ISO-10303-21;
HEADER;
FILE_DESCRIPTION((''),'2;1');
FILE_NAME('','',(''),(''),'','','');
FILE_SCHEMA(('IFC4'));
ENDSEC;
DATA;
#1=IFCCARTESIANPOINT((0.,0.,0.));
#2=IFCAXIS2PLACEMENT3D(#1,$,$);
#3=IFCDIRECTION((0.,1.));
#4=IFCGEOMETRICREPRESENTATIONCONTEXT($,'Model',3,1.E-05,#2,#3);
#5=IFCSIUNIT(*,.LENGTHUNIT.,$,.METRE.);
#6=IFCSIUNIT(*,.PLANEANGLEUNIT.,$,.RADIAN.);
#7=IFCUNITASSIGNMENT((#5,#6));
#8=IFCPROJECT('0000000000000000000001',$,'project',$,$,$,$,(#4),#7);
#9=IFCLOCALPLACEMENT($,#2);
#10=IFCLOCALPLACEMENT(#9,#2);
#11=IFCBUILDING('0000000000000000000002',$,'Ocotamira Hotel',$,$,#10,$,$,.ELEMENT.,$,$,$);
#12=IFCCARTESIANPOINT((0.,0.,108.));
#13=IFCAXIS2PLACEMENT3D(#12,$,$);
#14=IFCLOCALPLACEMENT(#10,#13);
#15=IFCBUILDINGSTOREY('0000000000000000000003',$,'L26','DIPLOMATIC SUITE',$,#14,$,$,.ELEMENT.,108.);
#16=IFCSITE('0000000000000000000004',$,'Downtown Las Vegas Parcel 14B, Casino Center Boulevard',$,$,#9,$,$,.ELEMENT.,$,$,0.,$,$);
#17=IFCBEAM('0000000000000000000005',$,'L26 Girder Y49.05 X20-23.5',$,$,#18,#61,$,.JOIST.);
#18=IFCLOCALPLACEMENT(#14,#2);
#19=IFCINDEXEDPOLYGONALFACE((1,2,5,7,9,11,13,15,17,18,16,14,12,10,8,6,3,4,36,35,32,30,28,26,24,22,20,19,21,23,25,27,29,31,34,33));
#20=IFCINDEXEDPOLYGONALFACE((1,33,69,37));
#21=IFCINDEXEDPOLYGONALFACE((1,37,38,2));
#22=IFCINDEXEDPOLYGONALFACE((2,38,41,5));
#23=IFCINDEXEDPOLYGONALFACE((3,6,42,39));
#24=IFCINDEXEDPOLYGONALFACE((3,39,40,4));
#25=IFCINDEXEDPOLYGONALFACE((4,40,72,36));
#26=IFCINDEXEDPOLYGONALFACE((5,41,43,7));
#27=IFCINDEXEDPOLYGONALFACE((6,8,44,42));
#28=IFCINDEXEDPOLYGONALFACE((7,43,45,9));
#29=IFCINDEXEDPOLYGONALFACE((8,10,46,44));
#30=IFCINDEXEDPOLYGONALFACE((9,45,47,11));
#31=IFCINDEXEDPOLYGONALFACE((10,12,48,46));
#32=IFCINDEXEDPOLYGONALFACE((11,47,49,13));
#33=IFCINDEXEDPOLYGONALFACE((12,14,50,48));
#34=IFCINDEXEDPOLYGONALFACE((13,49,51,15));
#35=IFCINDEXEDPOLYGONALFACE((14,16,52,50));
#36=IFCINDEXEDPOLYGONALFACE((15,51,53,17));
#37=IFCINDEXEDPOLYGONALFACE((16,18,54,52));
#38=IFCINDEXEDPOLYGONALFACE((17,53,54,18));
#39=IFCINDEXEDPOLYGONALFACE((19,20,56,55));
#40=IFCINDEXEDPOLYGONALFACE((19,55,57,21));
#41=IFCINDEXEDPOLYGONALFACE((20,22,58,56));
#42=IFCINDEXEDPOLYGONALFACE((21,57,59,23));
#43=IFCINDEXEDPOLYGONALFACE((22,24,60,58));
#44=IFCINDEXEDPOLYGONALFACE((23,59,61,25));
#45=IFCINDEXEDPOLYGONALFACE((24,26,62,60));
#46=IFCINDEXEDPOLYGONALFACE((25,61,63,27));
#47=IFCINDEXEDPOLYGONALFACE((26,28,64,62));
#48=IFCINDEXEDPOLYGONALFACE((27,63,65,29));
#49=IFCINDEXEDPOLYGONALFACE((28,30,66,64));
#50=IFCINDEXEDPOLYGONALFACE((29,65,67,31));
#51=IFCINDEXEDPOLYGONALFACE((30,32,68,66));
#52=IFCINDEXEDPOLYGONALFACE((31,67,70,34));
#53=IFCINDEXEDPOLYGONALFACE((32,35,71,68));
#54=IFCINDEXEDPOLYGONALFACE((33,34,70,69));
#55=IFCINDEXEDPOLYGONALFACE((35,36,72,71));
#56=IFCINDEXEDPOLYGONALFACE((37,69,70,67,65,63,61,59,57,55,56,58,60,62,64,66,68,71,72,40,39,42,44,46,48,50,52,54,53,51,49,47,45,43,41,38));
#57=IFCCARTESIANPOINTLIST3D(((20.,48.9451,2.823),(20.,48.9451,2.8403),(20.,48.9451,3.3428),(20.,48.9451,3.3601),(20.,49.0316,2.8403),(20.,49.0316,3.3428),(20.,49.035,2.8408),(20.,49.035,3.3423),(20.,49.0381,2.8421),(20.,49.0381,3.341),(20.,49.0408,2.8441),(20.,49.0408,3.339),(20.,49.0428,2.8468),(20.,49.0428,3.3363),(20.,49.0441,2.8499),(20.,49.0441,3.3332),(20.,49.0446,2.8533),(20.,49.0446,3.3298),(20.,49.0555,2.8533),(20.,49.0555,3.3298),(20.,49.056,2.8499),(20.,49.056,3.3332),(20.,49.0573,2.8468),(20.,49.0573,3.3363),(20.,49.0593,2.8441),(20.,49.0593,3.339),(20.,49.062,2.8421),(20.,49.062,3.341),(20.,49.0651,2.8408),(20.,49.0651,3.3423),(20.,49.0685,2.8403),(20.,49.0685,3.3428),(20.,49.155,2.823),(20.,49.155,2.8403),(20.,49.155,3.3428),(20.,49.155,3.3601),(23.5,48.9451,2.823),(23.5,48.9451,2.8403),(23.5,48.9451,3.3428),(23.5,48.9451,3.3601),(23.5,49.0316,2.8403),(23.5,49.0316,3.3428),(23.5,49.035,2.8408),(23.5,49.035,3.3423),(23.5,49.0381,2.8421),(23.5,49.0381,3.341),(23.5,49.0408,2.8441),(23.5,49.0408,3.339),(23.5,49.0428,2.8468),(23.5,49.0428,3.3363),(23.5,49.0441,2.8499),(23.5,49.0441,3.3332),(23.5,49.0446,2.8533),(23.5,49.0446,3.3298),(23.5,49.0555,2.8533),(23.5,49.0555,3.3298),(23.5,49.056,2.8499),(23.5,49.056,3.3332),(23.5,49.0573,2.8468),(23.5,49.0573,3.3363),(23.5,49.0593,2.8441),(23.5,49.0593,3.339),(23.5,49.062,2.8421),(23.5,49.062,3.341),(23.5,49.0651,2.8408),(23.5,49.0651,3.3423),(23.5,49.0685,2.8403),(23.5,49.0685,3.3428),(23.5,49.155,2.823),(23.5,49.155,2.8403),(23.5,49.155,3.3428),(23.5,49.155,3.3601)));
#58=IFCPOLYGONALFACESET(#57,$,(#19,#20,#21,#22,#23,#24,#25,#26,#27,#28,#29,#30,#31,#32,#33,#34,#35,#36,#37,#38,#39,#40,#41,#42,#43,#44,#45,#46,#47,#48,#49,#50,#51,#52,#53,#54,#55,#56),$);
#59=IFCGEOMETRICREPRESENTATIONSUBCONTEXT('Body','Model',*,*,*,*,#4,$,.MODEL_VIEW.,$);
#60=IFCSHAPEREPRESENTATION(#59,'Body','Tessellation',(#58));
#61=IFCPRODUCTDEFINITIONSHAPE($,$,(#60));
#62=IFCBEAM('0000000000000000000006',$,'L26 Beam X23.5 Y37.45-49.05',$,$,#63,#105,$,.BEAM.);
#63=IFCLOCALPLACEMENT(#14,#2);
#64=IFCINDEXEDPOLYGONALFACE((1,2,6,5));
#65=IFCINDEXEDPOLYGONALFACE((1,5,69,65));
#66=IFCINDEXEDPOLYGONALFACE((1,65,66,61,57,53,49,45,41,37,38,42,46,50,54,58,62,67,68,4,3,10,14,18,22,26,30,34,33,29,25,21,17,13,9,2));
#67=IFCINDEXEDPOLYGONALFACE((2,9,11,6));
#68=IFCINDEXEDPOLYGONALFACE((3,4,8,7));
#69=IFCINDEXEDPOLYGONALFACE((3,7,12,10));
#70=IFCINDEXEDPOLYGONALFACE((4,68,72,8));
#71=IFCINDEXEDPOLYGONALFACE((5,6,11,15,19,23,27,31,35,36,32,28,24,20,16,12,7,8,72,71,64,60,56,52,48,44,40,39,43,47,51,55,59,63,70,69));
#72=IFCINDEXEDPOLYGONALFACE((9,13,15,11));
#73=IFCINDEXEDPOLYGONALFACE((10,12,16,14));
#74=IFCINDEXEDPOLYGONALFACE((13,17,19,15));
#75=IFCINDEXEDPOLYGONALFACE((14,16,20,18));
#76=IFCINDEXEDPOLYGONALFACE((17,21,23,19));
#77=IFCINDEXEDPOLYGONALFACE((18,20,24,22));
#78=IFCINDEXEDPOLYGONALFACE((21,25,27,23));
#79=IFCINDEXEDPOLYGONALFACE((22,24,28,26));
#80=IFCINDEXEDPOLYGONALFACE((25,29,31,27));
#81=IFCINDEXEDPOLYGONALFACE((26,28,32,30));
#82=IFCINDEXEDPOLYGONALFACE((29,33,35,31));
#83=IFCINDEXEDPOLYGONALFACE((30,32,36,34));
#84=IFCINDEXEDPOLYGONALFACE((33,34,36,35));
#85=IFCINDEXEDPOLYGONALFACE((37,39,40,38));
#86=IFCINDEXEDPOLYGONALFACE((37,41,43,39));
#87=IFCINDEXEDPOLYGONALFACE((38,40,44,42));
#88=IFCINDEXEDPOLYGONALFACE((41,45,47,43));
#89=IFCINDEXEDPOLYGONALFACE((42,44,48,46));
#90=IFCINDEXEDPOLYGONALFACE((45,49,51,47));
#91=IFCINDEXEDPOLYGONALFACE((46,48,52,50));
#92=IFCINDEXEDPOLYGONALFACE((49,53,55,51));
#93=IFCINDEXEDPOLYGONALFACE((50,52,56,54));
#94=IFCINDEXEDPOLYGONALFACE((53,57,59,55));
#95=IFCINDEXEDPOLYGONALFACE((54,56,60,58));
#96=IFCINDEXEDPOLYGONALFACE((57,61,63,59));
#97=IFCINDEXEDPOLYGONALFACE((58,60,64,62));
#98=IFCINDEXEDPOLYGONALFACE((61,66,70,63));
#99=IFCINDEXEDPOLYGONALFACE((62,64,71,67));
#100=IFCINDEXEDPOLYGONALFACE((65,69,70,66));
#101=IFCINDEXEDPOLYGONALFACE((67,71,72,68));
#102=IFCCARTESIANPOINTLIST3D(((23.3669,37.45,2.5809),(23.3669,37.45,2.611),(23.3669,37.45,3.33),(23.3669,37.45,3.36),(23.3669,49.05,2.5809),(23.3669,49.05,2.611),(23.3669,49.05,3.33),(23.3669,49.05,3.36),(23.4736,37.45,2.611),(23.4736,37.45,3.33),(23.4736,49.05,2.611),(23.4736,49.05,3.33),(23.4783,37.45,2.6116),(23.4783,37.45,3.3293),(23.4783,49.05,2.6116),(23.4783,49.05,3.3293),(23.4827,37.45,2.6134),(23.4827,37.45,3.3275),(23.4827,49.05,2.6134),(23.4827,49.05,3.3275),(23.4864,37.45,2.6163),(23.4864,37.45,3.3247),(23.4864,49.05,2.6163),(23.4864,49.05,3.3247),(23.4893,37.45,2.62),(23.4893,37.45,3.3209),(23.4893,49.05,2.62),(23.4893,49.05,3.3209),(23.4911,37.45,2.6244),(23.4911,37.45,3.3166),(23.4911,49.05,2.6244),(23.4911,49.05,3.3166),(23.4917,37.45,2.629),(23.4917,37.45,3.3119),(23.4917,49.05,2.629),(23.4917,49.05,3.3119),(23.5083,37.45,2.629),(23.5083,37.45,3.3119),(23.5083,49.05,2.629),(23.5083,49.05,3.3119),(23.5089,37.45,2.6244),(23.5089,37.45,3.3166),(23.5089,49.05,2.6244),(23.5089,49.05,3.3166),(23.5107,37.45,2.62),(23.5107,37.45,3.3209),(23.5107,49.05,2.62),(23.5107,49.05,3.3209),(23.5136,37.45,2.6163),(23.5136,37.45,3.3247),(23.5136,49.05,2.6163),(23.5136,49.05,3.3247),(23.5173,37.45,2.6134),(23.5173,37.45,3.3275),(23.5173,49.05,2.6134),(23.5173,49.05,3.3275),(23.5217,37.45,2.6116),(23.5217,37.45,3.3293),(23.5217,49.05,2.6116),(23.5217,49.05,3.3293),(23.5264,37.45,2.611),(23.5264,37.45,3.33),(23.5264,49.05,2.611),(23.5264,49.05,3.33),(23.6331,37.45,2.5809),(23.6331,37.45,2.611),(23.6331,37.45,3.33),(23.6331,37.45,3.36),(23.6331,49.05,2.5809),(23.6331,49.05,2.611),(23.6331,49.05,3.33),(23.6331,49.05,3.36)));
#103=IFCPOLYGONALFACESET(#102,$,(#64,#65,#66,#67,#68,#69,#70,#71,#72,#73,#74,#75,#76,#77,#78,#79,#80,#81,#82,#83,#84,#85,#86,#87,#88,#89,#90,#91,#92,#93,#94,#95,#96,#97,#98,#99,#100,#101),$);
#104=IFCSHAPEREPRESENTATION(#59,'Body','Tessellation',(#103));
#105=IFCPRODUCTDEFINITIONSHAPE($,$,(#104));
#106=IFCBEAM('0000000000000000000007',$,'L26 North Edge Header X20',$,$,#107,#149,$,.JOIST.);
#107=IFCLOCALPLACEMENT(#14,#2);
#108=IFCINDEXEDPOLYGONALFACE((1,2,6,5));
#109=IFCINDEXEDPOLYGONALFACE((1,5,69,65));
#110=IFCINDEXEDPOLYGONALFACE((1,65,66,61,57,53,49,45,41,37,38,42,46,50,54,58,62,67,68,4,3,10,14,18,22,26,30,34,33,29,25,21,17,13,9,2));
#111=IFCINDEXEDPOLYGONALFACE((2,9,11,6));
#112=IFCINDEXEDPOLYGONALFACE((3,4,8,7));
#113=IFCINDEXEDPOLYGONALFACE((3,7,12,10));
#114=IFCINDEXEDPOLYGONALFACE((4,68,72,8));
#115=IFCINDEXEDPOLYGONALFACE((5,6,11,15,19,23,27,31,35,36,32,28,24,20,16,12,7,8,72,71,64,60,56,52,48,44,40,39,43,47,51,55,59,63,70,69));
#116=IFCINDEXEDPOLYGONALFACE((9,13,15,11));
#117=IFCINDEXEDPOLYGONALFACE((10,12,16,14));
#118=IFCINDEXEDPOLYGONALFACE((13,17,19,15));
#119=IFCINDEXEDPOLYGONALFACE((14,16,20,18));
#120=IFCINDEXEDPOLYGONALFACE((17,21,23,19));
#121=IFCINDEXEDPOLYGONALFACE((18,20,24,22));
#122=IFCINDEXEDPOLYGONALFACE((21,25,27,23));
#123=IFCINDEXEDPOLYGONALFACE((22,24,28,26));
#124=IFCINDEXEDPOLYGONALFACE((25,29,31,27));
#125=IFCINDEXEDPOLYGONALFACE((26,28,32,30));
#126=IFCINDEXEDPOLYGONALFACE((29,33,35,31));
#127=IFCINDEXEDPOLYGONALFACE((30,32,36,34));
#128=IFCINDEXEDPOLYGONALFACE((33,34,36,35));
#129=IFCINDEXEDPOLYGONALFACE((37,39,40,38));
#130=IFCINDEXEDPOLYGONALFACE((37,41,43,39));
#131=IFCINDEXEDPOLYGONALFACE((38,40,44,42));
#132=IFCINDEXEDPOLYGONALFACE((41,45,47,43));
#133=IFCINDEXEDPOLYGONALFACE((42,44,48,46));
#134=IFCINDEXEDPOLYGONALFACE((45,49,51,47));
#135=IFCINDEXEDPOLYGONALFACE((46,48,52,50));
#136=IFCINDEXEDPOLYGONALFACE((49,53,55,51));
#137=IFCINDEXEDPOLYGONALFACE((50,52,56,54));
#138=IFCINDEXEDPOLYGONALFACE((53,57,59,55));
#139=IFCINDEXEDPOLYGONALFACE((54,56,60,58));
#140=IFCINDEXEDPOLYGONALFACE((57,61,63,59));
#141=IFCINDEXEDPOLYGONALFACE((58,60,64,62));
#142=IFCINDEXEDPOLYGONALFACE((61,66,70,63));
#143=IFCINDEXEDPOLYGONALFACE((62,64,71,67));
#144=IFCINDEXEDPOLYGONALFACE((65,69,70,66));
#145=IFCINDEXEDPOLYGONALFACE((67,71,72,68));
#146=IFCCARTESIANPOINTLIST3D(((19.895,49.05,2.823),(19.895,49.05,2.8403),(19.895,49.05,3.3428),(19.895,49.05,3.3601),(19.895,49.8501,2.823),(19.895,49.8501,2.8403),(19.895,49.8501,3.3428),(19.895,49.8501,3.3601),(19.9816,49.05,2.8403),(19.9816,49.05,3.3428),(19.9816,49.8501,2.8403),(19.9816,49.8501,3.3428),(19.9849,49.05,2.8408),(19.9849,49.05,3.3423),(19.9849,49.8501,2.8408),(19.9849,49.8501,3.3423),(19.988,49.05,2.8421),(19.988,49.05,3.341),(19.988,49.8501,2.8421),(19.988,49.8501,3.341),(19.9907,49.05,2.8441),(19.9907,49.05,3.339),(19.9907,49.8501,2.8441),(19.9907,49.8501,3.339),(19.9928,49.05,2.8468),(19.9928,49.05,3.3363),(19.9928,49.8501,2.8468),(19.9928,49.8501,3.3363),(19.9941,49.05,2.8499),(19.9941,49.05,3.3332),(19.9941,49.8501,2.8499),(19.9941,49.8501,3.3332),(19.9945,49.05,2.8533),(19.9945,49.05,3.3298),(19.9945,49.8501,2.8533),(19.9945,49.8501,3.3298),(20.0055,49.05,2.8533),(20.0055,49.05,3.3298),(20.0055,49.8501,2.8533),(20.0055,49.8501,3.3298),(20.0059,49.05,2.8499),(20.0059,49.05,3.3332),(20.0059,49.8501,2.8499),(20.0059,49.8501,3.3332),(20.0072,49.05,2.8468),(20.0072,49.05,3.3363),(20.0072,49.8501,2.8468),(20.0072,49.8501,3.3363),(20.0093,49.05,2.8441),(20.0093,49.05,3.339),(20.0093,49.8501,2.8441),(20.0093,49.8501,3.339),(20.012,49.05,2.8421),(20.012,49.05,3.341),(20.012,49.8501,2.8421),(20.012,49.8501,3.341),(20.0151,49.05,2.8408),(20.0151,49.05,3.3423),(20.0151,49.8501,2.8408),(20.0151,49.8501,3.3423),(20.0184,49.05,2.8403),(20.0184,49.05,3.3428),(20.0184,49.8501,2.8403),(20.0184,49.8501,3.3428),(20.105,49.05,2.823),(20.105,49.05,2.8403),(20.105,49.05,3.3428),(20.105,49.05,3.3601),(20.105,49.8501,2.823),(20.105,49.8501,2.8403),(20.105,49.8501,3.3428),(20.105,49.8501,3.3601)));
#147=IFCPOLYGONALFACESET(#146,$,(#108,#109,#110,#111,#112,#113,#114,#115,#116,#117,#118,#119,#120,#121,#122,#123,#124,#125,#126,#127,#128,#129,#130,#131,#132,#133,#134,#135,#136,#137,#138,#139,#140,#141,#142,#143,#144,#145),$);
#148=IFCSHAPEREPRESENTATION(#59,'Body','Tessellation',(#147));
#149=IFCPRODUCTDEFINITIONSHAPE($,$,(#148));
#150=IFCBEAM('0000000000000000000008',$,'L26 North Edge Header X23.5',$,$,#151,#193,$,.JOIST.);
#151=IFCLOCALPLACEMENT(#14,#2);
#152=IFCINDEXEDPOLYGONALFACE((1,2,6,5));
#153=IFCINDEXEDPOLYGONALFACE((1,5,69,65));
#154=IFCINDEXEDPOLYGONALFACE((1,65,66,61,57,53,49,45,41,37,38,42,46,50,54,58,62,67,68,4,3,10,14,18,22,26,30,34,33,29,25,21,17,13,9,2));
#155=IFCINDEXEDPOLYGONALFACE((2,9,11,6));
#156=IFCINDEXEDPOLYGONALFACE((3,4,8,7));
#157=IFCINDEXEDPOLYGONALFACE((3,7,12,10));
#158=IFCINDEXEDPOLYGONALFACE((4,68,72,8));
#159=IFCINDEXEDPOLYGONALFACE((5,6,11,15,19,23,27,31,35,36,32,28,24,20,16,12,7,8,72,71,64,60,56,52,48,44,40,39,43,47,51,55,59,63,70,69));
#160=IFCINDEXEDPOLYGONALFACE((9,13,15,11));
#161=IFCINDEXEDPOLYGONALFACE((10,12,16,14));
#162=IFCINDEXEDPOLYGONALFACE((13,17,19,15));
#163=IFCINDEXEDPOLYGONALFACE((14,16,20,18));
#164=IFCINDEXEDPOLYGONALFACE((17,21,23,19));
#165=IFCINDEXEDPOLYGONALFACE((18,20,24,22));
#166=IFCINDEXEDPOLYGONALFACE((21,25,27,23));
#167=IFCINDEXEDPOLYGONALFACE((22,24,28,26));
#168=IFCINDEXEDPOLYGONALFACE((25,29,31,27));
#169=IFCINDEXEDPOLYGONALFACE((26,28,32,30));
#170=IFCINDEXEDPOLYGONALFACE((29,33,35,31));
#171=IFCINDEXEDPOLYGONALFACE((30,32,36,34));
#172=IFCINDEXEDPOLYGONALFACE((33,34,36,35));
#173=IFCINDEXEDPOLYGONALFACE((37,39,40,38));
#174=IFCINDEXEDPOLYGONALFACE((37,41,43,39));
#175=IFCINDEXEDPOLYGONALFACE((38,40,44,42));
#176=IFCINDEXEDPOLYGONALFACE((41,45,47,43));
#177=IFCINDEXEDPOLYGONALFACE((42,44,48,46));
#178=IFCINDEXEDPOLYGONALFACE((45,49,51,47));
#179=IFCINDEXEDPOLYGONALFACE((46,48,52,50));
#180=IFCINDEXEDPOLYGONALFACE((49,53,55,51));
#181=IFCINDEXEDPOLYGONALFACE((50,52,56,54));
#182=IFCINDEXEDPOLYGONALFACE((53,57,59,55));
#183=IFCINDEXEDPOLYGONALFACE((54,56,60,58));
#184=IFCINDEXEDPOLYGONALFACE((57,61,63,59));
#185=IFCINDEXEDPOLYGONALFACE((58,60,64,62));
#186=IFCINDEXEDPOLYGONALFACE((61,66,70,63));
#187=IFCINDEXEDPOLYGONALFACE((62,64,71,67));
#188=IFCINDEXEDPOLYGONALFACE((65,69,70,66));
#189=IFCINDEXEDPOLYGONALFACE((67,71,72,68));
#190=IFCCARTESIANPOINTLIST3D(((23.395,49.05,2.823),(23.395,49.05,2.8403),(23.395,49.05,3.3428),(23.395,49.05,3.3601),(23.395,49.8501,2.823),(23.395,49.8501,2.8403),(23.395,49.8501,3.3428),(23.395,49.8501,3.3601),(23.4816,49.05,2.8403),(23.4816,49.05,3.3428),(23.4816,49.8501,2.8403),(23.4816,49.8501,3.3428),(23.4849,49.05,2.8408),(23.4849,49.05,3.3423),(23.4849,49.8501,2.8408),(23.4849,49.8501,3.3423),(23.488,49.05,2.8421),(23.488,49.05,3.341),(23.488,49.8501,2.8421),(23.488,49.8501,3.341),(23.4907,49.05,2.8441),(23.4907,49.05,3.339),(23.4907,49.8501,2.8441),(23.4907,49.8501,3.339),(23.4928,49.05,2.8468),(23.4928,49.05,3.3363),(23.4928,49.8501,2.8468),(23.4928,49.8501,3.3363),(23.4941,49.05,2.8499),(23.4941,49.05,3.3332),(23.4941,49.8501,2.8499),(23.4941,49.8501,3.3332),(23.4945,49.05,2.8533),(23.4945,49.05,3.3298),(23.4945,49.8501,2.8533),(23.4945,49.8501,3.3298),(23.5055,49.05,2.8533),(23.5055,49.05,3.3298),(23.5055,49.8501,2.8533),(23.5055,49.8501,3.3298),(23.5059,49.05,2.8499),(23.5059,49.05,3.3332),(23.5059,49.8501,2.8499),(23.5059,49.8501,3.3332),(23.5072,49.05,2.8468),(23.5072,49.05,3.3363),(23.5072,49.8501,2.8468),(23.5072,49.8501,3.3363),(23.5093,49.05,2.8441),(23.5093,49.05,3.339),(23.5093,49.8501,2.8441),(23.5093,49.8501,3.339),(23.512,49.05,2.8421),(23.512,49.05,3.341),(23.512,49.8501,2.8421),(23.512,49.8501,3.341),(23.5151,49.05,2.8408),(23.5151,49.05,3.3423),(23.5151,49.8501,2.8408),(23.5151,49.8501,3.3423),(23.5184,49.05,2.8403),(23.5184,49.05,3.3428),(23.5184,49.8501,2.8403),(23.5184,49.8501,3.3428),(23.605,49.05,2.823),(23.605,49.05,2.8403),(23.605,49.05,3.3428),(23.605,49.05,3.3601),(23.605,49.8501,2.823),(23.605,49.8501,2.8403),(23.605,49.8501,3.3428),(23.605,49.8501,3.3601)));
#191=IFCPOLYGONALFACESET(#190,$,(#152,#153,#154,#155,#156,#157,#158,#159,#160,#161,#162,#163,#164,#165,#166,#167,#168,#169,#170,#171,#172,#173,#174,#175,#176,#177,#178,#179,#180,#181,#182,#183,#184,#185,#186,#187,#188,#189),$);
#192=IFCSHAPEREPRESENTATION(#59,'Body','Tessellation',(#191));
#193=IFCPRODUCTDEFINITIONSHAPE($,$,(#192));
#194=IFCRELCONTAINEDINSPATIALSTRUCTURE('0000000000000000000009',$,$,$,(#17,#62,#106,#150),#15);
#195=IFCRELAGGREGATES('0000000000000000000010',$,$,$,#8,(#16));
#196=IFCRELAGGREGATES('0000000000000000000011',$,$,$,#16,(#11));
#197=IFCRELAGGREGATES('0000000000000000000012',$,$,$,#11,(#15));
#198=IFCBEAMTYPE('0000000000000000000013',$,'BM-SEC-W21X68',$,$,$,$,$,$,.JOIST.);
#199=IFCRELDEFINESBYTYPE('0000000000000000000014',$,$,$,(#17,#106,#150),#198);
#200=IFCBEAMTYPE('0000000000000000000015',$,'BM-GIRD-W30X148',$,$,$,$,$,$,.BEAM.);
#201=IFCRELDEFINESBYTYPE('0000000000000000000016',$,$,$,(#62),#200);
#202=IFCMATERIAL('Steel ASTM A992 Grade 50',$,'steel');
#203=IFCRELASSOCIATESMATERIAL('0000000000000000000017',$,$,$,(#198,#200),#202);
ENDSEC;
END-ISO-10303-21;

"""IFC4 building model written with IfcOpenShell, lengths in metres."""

from ifc_helpers import new_model, si_unit, direction, frame, origin, origin_2d, place, context, subcontext, project, spatial, i_section, extrude, source, transform, mapped, material, material_profile, profile_set, type_object, element, save


model = new_model("IFC4")

# Units and contexts
model_context = context("Model", 3, precision=1e-05, world=origin(), true_north=direction((0.0, 1.0)))
body_context = subcontext(model_context, "Body", "Model", "MODEL_VIEW")
ifc_project = project(units=[si_unit("LENGTHUNIT", "METRE"), si_unit("PLANEANGLEUNIT", "RADIAN")], contexts=[model_context])

# Site, building, storey
site_placement = place(None, origin())
site = spatial("IfcSite", under=ifc_project, at=site_placement, Name="Downtown Las Vegas Parcel 14B, Casino Center Boulevard", CompositionType="ELEMENT", RefElevation=0.0)
building_placement = place(site_placement, origin())
building = spatial("IfcBuilding", under=site, at=building_placement, Name="Ocotamira Hotel", CompositionType="ELEMENT")
storey_placement = place(building_placement, frame((0.0, 0.0, 108.0)))
storey = spatial("IfcBuildingStorey", under=building, at=storey_placement, Name="L26", Description="DIPLOMATIC SUITE", CompositionType="ELEMENT", Elevation=108.0)

# Beams
ifc_material_1 = material(Name="Steel ASTM A992 Grade 50", Category="steel")
ifc_material_profile_1 = material_profile(ifc_material_1, i_section(OverallWidth=0.21, OverallDepth=0.5371, WebThickness=0.011, FlangeThickness=0.0173, FilletRadius=0.0129, at=origin_2d()), Name="W21X68")
ifc_profile_set_1 = profile_set([ifc_material_profile_1], Name="Steel ASTM A992 Grade 50")
beam_type_1 = type_object("IfcBeamType", Name="BM-SEC-W21X68", PredefinedType="JOIST", material=ifc_profile_set_1)
shared_shape_1 = source(origin(), body_context, "Body", "SweptSolid", [
    extrude(i_section(OverallWidth=0.21, OverallDepth=0.5371, WebThickness=0.011, FlangeThickness=0.0173, FilletRadius=0.0129, at=origin_2d()), origin(), (0.0, 0.0, 1.0), 3.5),
])
beam_1_placement = place(storey_placement, frame((20.0, 49.05, 3.0916), z_axis=(1.0, 0.0, 0.0), x_axis=(0.0, 1.0, 0.0)))
element("IfcBeam", 1, at=beam_1_placement, inside=storey, type_object=beam_type_1, Name="L26 Girder Y49.05 X20-23.5", PredefinedType="JOIST", context=body_context, shape_type="MappedRepresentation", body=[
    mapped(shared_shape_1, transform((0.0, 0.0, 0.0), scale=1.0)),
])
ifc_material_profile_2 = material_profile(ifc_material_1, i_section(OverallWidth=0.2661, OverallDepth=0.7791, WebThickness=0.0166, FlangeThickness=0.03, FilletRadius=0.0181, at=origin_2d()), Name="W30X148")
ifc_profile_set_2 = profile_set([ifc_material_profile_2], Name="Steel ASTM A992 Grade 50")
beam_type_2 = type_object("IfcBeamType", Name="BM-GIRD-W30X148", PredefinedType="BEAM", material=ifc_profile_set_2)
shared_shape_2 = source(origin(), body_context, "Body", "SweptSolid", [
    extrude(i_section(OverallWidth=0.2661, OverallDepth=0.7791, WebThickness=0.0166, FlangeThickness=0.03, FilletRadius=0.0181, at=origin_2d()), origin(), (0.0, 0.0, 1.0), 11.6001),
])
beam_2_placement = place(storey_placement, frame((23.5, 37.45, 2.9705), z_axis=(0.0, 1.0, 0.0), x_axis=(-1.0, 0.0, 0.0)))
element("IfcBeam", 2, at=beam_2_placement, inside=storey, type_object=beam_type_2, Name="L26 Beam X23.5 Y37.45-49.05", PredefinedType="BEAM", context=body_context, shape_type="MappedRepresentation", body=[
    mapped(shared_shape_2, transform((0.0, 0.0, 0.0), scale=1.0)),
])
shared_shape_3 = source(origin(), body_context, "Body", "SweptSolid", [
    extrude(i_section(OverallWidth=0.21, OverallDepth=0.5371, WebThickness=0.011, FlangeThickness=0.0173, FilletRadius=0.0129, at=origin_2d()), origin(), (0.0, 0.0, 1.0), 0.8),
])
for number, where, z_axis, x_axis, name in (
    (3, (20.0, 49.05, 3.0916), (0.0, 1.0, 0.0), (-1.0, 0.0, 0.0), "L26 North Edge Header X20"),
    (4, (23.5, 49.05, 3.0916), (0.0, 1.0, 0.0), (-1.0, 0.0, 0.0), "L26 North Edge Header X23.5"),
):
    element("IfcBeam", number, at=place(storey_placement, frame(where, z_axis=z_axis, x_axis=x_axis)), inside=storey, type_object=beam_type_1, Name=name, PredefinedType="JOIST", context=body_context, shape_type="MappedRepresentation", body=[
        mapped(shared_shape_3, transform((0.0, 0.0, 0.0), scale=1.0)),
    ])

save(model, "model.ifc")
